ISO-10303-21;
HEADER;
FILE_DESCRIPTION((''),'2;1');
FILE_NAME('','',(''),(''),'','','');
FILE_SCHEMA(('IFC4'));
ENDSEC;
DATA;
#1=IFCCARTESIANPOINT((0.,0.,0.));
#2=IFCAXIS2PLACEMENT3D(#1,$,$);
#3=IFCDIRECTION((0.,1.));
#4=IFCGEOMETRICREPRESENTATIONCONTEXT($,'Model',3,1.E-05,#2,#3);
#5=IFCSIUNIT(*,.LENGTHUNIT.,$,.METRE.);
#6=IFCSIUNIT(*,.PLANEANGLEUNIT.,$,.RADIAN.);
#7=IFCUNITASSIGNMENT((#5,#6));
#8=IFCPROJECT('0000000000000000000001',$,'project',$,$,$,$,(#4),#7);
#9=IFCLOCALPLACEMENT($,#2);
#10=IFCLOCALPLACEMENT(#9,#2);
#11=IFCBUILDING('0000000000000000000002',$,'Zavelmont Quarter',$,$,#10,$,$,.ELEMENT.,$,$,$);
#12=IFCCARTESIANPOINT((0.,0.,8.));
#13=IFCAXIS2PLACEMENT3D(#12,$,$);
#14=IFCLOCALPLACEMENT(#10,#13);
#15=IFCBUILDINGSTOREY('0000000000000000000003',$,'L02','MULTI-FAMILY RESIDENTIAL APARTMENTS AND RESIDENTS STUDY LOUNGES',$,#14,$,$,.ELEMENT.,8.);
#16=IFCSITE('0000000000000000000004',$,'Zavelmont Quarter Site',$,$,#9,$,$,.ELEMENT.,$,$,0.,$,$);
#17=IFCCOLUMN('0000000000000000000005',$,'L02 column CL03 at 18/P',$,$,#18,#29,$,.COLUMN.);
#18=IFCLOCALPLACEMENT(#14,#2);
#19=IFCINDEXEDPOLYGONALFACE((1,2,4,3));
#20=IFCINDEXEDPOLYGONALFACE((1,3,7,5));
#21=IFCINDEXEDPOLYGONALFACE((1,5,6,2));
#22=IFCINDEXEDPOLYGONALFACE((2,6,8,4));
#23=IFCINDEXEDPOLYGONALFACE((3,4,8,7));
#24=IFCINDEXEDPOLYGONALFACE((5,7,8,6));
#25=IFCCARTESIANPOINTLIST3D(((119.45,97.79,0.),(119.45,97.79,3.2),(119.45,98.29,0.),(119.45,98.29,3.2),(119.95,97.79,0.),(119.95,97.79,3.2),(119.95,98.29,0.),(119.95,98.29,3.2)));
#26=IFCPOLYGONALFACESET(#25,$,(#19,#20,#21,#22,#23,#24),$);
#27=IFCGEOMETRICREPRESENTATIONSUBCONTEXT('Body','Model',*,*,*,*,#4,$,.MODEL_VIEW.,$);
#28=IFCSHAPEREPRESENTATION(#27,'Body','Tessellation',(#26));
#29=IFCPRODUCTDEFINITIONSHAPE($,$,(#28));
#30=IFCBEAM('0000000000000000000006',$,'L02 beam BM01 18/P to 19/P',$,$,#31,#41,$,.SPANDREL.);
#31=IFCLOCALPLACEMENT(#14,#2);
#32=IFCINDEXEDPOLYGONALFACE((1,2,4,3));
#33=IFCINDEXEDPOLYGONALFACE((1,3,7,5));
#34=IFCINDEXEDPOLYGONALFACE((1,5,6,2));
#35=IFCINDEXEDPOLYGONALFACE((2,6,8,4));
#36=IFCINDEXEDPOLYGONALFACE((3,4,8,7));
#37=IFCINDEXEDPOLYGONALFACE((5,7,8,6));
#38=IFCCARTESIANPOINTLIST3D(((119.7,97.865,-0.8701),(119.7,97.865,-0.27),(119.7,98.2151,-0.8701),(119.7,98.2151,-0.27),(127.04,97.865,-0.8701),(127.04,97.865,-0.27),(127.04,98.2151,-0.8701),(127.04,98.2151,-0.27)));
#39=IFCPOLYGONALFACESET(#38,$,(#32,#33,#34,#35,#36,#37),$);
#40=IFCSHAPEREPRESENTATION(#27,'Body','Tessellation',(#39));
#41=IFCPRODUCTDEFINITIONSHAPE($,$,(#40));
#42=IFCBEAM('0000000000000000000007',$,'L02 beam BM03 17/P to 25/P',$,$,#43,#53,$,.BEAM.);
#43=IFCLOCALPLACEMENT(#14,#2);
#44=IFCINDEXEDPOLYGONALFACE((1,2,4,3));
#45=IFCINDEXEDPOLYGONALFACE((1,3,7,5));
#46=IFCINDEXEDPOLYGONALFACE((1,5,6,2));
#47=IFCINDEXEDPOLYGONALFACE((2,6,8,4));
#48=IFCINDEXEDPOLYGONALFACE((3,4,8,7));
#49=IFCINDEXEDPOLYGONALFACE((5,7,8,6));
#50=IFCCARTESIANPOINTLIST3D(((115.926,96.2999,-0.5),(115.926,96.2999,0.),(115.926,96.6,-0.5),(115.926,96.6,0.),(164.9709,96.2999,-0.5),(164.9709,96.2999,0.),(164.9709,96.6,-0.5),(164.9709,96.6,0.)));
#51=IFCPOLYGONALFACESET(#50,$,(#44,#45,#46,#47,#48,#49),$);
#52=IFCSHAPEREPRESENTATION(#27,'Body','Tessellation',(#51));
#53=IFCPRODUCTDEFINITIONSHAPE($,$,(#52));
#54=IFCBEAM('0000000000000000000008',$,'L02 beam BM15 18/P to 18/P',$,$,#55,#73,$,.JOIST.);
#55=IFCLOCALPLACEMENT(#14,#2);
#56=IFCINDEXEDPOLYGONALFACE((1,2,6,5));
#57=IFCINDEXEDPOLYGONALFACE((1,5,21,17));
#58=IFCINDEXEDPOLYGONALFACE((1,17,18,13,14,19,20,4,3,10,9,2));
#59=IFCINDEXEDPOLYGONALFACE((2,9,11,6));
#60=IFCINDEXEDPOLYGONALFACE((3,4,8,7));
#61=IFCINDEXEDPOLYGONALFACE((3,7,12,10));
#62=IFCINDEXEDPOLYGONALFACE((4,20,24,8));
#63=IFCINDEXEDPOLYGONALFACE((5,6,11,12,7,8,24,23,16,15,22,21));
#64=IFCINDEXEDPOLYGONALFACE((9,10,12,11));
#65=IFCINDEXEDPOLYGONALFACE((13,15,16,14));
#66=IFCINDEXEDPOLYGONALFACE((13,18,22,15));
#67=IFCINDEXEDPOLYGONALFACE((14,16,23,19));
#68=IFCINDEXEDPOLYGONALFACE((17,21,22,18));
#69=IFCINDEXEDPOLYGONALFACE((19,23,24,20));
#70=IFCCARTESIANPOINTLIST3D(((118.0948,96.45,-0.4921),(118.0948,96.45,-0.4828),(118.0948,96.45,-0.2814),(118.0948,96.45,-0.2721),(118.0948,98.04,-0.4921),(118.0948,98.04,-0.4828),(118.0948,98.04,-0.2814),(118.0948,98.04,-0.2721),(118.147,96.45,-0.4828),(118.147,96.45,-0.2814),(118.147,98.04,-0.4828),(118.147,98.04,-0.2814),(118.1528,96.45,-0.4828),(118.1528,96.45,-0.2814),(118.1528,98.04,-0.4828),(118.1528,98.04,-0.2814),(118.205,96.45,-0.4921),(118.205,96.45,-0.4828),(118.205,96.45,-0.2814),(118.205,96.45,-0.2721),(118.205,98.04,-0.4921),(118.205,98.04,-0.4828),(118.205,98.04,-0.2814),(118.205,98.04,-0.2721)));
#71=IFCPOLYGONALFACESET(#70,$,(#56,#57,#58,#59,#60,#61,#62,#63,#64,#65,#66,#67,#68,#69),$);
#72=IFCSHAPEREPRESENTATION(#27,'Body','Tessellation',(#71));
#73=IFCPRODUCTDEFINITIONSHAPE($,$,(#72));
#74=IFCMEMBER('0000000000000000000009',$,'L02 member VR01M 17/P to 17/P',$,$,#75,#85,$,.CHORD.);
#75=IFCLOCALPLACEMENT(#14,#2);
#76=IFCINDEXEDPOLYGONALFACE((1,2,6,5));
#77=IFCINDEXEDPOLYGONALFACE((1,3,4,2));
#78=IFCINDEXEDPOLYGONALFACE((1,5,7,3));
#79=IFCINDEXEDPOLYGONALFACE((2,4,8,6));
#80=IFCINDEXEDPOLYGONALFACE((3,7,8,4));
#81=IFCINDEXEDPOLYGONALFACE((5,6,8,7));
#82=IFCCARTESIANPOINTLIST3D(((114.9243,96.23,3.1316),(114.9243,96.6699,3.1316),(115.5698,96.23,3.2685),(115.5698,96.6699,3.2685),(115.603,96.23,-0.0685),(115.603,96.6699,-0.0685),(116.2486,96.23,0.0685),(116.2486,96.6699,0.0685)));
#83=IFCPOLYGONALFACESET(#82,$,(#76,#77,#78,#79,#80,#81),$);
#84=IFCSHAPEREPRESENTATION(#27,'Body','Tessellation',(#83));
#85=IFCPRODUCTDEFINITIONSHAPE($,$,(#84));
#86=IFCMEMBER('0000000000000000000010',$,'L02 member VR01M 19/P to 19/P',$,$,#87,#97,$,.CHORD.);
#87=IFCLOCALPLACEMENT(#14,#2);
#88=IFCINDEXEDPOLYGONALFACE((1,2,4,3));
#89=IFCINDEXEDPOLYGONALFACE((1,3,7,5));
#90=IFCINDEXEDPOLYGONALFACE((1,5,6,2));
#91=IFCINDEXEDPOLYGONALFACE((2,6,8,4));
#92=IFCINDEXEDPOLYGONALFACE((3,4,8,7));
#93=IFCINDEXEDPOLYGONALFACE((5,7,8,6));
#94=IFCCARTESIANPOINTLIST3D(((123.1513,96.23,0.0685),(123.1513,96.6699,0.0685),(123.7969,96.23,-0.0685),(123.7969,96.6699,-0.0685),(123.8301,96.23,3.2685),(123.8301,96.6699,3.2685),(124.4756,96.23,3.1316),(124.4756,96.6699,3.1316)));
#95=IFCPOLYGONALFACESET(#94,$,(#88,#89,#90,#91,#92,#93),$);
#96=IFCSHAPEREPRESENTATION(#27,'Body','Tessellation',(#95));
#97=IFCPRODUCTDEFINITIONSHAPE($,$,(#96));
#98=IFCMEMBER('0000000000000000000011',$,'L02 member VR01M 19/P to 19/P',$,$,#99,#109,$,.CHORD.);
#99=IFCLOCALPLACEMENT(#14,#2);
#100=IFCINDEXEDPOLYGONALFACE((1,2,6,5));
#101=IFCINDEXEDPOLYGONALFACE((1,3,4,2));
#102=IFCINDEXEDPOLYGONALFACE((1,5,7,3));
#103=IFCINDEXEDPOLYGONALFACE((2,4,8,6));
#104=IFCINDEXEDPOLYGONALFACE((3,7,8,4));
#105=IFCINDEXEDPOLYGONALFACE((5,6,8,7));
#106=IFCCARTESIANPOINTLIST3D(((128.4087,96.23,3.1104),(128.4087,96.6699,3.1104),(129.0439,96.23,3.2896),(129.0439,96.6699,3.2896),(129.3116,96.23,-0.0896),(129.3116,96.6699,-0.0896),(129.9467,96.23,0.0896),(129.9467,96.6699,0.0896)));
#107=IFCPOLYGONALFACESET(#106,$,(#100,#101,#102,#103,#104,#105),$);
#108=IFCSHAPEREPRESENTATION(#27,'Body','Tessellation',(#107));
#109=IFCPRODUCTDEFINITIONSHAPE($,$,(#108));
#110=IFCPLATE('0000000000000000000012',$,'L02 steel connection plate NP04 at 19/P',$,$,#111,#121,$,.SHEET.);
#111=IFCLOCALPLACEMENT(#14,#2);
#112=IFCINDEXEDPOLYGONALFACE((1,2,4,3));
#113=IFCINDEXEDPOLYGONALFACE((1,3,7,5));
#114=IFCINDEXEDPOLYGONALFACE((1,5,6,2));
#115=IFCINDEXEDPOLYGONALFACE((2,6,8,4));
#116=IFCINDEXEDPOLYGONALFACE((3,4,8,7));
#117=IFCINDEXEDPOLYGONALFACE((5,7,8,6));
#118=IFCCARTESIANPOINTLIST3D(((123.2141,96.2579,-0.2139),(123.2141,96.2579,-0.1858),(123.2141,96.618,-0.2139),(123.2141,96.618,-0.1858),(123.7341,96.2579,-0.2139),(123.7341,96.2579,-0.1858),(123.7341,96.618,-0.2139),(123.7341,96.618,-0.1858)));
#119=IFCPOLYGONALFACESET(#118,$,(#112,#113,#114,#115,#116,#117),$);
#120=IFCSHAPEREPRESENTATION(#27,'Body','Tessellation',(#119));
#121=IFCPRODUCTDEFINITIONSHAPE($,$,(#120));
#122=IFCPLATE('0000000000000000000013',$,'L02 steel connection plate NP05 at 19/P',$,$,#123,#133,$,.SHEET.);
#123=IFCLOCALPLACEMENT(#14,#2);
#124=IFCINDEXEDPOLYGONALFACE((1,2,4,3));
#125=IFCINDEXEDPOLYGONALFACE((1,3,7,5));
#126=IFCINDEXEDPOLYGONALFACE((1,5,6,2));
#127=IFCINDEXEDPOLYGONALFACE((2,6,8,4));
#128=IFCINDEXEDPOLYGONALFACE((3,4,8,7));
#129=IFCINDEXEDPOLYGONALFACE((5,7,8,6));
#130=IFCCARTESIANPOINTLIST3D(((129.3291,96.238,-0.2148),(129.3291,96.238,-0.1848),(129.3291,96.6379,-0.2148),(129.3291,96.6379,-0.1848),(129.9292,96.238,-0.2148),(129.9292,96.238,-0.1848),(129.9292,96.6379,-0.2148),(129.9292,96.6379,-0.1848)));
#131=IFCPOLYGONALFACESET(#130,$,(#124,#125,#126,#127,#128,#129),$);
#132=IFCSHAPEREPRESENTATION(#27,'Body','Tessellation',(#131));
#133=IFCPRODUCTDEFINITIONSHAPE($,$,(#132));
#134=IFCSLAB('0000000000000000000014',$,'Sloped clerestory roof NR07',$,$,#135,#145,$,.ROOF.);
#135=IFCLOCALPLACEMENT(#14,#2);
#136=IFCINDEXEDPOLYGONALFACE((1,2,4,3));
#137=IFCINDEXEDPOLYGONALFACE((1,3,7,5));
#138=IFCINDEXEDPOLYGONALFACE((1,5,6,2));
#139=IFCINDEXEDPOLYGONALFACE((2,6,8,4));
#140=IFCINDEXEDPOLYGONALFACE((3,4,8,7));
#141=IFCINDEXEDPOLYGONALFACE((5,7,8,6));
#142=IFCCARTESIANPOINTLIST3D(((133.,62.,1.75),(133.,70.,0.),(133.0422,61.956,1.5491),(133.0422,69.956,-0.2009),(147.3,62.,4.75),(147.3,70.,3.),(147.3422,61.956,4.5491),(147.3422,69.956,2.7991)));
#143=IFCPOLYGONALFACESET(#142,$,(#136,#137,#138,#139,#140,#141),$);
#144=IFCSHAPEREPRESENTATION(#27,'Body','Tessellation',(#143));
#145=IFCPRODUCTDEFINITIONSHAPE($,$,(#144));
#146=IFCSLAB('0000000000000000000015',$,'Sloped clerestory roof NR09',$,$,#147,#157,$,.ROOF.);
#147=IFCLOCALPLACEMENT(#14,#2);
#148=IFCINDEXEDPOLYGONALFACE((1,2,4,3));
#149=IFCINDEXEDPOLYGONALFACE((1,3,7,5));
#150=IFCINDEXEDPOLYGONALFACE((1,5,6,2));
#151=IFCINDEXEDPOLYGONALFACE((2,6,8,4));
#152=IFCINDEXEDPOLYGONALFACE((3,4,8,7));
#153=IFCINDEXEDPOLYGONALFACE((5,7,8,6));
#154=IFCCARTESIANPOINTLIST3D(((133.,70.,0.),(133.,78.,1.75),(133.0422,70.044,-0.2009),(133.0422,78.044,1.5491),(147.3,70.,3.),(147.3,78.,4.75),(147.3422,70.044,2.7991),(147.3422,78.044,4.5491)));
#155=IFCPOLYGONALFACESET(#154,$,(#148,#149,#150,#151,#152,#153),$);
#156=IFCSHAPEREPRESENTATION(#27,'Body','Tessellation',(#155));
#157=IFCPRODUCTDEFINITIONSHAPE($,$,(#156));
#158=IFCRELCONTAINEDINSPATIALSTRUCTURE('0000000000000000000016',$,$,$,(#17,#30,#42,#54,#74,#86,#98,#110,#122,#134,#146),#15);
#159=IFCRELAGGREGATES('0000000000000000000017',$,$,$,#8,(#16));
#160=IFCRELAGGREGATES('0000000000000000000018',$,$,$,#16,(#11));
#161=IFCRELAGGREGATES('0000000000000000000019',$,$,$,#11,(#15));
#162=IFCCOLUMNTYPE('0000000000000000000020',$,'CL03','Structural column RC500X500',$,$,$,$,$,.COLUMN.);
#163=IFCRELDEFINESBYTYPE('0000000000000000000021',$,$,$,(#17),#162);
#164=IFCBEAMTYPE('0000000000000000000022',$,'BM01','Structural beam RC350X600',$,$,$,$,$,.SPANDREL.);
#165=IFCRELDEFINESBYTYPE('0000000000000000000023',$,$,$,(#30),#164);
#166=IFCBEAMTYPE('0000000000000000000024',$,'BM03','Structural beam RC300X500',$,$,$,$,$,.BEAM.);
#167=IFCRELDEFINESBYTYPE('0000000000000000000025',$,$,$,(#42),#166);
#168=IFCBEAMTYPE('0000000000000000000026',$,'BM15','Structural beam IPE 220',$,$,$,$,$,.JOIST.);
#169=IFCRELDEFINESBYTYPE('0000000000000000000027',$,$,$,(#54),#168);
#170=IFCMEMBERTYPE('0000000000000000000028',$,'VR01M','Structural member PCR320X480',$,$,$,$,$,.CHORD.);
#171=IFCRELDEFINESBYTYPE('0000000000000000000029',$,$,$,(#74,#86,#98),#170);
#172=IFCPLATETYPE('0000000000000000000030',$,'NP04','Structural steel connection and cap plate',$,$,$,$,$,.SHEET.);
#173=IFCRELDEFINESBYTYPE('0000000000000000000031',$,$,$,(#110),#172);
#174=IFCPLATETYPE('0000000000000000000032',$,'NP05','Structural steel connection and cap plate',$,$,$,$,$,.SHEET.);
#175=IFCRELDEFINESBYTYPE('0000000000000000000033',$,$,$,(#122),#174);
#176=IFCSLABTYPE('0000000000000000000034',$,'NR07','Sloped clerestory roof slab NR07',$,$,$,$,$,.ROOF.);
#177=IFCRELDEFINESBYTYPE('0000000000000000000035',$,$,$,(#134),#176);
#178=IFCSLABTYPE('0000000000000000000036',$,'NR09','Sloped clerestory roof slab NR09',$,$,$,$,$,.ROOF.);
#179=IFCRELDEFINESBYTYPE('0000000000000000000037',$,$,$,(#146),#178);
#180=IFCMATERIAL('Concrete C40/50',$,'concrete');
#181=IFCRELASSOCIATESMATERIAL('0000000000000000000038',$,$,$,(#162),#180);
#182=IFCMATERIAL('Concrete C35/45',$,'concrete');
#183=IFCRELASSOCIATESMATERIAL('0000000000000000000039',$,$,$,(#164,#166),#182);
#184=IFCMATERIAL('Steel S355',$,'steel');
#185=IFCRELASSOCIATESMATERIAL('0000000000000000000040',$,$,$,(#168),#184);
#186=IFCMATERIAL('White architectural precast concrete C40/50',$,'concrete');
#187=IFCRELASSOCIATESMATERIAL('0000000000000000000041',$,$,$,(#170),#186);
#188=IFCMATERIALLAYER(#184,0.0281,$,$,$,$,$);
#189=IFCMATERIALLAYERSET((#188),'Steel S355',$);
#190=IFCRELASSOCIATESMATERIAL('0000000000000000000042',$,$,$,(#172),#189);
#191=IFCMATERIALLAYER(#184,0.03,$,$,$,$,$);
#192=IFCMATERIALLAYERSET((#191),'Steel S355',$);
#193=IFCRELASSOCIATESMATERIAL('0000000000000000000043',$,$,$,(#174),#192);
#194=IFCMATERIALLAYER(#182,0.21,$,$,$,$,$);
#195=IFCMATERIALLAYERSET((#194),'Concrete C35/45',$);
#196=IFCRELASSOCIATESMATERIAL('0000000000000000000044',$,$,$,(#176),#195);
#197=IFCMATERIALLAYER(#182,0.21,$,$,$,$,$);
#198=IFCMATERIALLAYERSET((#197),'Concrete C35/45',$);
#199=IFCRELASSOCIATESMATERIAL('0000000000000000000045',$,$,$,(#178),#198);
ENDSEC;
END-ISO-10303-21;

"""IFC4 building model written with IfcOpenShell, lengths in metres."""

from ifc_helpers import new_model, si_unit, direction, frame, origin, origin_2d, place, context, subcontext, project, spatial, polyline, rectangle, i_section, outline, extrude, material, layer, layer_set, material_profile, profile_set, type_object, element, save


model = new_model("IFC4")

# Units and contexts
model_context = context("Model", 3, precision=1e-05, world=origin(), true_north=direction((0.0, 1.0)))
body_context = subcontext(model_context, "Body", "Model", "MODEL_VIEW")
ifc_project = project(units=[si_unit("LENGTHUNIT", "METRE"), si_unit("PLANEANGLEUNIT", "RADIAN")], contexts=[model_context])

# Site, building, storey
site_placement = place(None, origin())
site = spatial("IfcSite", under=ifc_project, at=site_placement, Name="Zavelmont Quarter Site", CompositionType="ELEMENT", RefElevation=0.0)
building_placement = place(site_placement, origin())
building = spatial("IfcBuilding", under=site, at=building_placement, Name="Zavelmont Quarter", CompositionType="ELEMENT")
storey_placement = place(building_placement, frame((0.0, 0.0, 8.0)))
storey = spatial("IfcBuildingStorey", under=building, at=storey_placement, Name="L02", Description="MULTI-FAMILY RESIDENTIAL APARTMENTS AND RESIDENTS STUDY LOUNGES", CompositionType="ELEMENT", Elevation=8.0)

# Column
ifc_material_1 = material(Name="Concrete C40/50", Category="concrete")
ifc_material_profile_1 = material_profile(ifc_material_1, rectangle(XDim=0.5, YDim=0.5, at=origin_2d()), Name="RC500X500")
ifc_profile_set_1 = profile_set([ifc_material_profile_1], Name="Concrete C40/50")
column_type = type_object("IfcColumnType", Name="CL03", Description="Structural column RC500X500", PredefinedType="COLUMN", material=ifc_profile_set_1)
column_placement = place(storey_placement, frame((119.7, 98.04, 0.0), z_axis=(0.0, 0.0, 1.0), x_axis=(1.0, 0.0, 0.0)))
element("IfcColumn", 1, at=column_placement, inside=storey, type_object=column_type, Name="L02 column CL03 at 18/P", PredefinedType="COLUMN", context=body_context, shape_type="SweptSolid", body=[
    extrude(rectangle(XDim=0.5, YDim=0.5, at=origin_2d()), origin(), (0.0, 0.0, 1.0), 3.2),
])

# Beams
ifc_material_2 = material(Name="Concrete C35/45", Category="concrete")
ifc_material_profile_2 = material_profile(ifc_material_2, rectangle(XDim=0.3501, YDim=0.6001, at=origin_2d()), Name="RC350X600")
ifc_profile_set_2 = profile_set([ifc_material_profile_2], Name="Concrete C35/45")
beam_type_1 = type_object("IfcBeamType", Name="BM01", Description="Structural beam RC350X600", PredefinedType="SPANDREL", material=ifc_profile_set_2)
beam_1_placement = place(storey_placement, frame((119.7, 98.04, -0.5701), z_axis=(1.0, 0.0, 0.0), x_axis=(0.0, 1.0, 0.0)))
element("IfcBeam", 2, at=beam_1_placement, inside=storey, type_object=beam_type_1, Name="L02 beam BM01 18/P to 19/P", PredefinedType="SPANDREL", context=body_context, shape_type="SweptSolid", body=[
    extrude(rectangle(XDim=0.3501, YDim=0.6001, at=origin_2d()), origin(), (0.0, 0.0, 1.0), 7.3401),
])
ifc_material_profile_3 = material_profile(ifc_material_2, rectangle(XDim=0.3, YDim=0.5, at=origin_2d()), Name="RC300X500")
ifc_profile_set_3 = profile_set([ifc_material_profile_3], Name="Concrete C35/45")
beam_type_2 = type_object("IfcBeamType", Name="BM03", Description="Structural beam RC300X500", PredefinedType="BEAM", material=ifc_profile_set_3)
beam_2_placement = place(storey_placement, frame((115.926, 96.45, -0.25), z_axis=(1.0, 0.0, 0.0), x_axis=(0.0, 1.0, 0.0)))
element("IfcBeam", 3, at=beam_2_placement, inside=storey, type_object=beam_type_2, Name="L02 beam BM03 17/P to 25/P", PredefinedType="BEAM", context=body_context, shape_type="SweptSolid", body=[
    extrude(rectangle(XDim=0.3, YDim=0.5, at=origin_2d()), origin(), (0.0, 0.0, 1.0), 49.0449),
])
ifc_material_3 = material(Name="Steel S355", Category="steel")
ifc_material_profile_4 = material_profile(ifc_material_3, i_section(OverallWidth=0.1101, OverallDepth=0.22, WebThickness=0.0059, FlangeThickness=0.0093, at=origin_2d()), Name="IPE 220")
ifc_profile_set_4 = profile_set([ifc_material_profile_4], Name="Steel S355")
beam_type_3 = type_object("IfcBeamType", Name="BM15", Description="Structural beam IPE 220", PredefinedType="JOIST", material=ifc_profile_set_4)
beam_3_placement = place(storey_placement, frame((118.1499, 98.04, -0.3821), z_axis=(0.0, -1.0, 0.0), x_axis=(1.0, 0.0, 0.0)))
element("IfcBeam", 4, at=beam_3_placement, inside=storey, type_object=beam_type_3, Name="L02 beam BM15 18/P to 18/P", PredefinedType="JOIST", context=body_context, shape_type="SweptSolid", body=[
    extrude(i_section(OverallWidth=0.1101, OverallDepth=0.22, WebThickness=0.0059, FlangeThickness=0.0093, at=origin_2d()), origin(), (0.0, 0.0, 1.0), 1.5901),
])

# Members
ifc_material_4 = material(Name="White architectural precast concrete C40/50", Category="concrete")
ifc_material_profile_5 = material_profile(ifc_material_4, rectangle(XDim=0.4399, YDim=0.6599, at=origin_2d()), Name="PCR320X480")
ifc_profile_set_5 = profile_set([ifc_material_profile_5], Name="White architectural precast concrete C40/50")
member_type = type_object("IfcMemberType", Name="VR01M", Description="Structural member PCR320X480", PredefinedType="CHORD", material=ifc_profile_set_5)
for number, where, z_axis, x_axis, name in (
    (5, (115.9258, 96.45, 0.0), (-0.207485, 0.0, 0.978238), (0.0, -1.0, 0.0), "L02 member VR01M 17/P to 17/P"),
    (6, (123.4741, 96.45, 0.0), (0.207485, 0.0, 0.978238), (0.0, 1.0, 0.0), "L02 member VR01M 19/P to 19/P"),
):
    element("IfcMember", number, at=place(storey_placement, frame(where, z_axis=z_axis, x_axis=x_axis)), inside=storey, type_object=member_type, Name=name, PredefinedType="CHORD", context=body_context, shape_type="SweptSolid", body=[
        extrude(rectangle(XDim=0.4399, YDim=0.6599, at=origin_2d()), origin(), (0.0, 0.0, 1.0), 3.2712),
    ])
member_placement = place(storey_placement, frame((129.6292, 96.45, 0.0), z_axis=(-0.271539, 0.0, 0.962428), x_axis=(0.0, -1.0, 0.0)))
element("IfcMember", 7, at=member_placement, inside=storey, type_object=member_type, Name="L02 member VR01M 19/P to 19/P", PredefinedType="CHORD", context=body_context, shape_type="SweptSolid", body=[
    extrude(rectangle(XDim=0.4399, YDim=0.6599, at=origin_2d()), origin(), (0.0, 0.0, 1.0), 3.325),
])

# Plates
ifc_layer_1 = layer(ifc_material_3, 0.0281)
ifc_layer_set_1 = layer_set([ifc_layer_1], Name="Steel S355")
plate_type_1 = type_object("IfcPlateType", Name="NP04", Description="Structural steel connection and cap plate", PredefinedType="SHEET", material=ifc_layer_set_1)
plate_1_placement = place(storey_placement, frame((123.4741, 96.438, -0.2139), z_axis=(0.0, 0.0, 1.0), x_axis=(1.0, 0.0, 0.0)))
element("IfcPlate", 8, at=plate_1_placement, inside=storey, type_object=plate_type_1, Name="L02 steel connection plate NP04 at 19/P", PredefinedType="SHEET", context=body_context, shape_type="SweptSolid", body=[
    extrude(rectangle(XDim=0.52, YDim=0.3601, at=origin_2d()), origin(), (0.0, 0.0, 1.0), 0.0281),
])
ifc_layer_2 = layer(ifc_material_3, 0.03)
ifc_layer_set_2 = layer_set([ifc_layer_2], Name="Steel S355")
plate_type_2 = type_object("IfcPlateType", Name="NP05", Description="Structural steel connection and cap plate", PredefinedType="SHEET", material=ifc_layer_set_2)
plate_2_placement = place(storey_placement, frame((129.6292, 96.438, -0.2148), z_axis=(0.0, 0.0, 1.0), x_axis=(1.0, 0.0, 0.0)))
element("IfcPlate", 9, at=plate_2_placement, inside=storey, type_object=plate_type_2, Name="L02 steel connection plate NP05 at 19/P", PredefinedType="SHEET", context=body_context, shape_type="SweptSolid", body=[
    extrude(rectangle(XDim=0.6001, YDim=0.3999, at=origin_2d()), origin(), (0.0, 0.0, 1.0), 0.03),
])

# Slabs
ifc_layer_3 = layer(ifc_material_2, 0.21)
ifc_layer_set_3 = layer_set([ifc_layer_3], Name="Concrete C35/45")
slab_type_1 = type_object("IfcSlabType", Name="NR07", Description="Sloped clerestory roof slab NR07", PredefinedType="ROOF", material=ifc_layer_set_3)
slab_1_placement = place(storey_placement, frame((133.0, 62.0, 1.75), z_axis=(-0.20077, 0.209346, 0.957009), x_axis=(0.978695, 0.0, 0.20532)))
element("IfcSlab", 10, at=slab_1_placement, inside=storey, type_object=slab_type_1, Name="Sloped clerestory roof NR07", PredefinedType="ROOF", context=body_context, shape_type="SweptSolid", body=[
    extrude(outline(polyline([(0.0, 0.0), (14.6113, 0.0), (14.252, 8.1813), (-0.3593, 8.1813), (0.0, 0.0)])), origin(), (0.0, 0.0, -1.0), 0.21),
])
ifc_layer_4 = layer(ifc_material_2, 0.21)
ifc_layer_set_4 = layer_set([ifc_layer_4], Name="Concrete C35/45")
slab_type_2 = type_object("IfcSlabType", Name="NR09", Description="Sloped clerestory roof slab NR09", PredefinedType="ROOF", material=ifc_layer_set_4)
slab_2_placement = place(storey_placement, frame((133.0, 70.0, 0.0), z_axis=(-0.20077, -0.209346, 0.957009), x_axis=(0.978695, 0.0, 0.20532)))
element("IfcSlab", 11, at=slab_2_placement, inside=storey, type_object=slab_type_2, Name="Sloped clerestory roof NR09", PredefinedType="ROOF", context=body_context, shape_type="SweptSolid", body=[
    extrude(outline(polyline([(0.0, 0.0), (14.6113, 0.0), (14.9707, 8.1813), (0.3593, 8.1813), (0.0, 0.0)])), origin(), (0.0, 0.0, -1.0), 0.21),
])

save(model, "model.ifc")
